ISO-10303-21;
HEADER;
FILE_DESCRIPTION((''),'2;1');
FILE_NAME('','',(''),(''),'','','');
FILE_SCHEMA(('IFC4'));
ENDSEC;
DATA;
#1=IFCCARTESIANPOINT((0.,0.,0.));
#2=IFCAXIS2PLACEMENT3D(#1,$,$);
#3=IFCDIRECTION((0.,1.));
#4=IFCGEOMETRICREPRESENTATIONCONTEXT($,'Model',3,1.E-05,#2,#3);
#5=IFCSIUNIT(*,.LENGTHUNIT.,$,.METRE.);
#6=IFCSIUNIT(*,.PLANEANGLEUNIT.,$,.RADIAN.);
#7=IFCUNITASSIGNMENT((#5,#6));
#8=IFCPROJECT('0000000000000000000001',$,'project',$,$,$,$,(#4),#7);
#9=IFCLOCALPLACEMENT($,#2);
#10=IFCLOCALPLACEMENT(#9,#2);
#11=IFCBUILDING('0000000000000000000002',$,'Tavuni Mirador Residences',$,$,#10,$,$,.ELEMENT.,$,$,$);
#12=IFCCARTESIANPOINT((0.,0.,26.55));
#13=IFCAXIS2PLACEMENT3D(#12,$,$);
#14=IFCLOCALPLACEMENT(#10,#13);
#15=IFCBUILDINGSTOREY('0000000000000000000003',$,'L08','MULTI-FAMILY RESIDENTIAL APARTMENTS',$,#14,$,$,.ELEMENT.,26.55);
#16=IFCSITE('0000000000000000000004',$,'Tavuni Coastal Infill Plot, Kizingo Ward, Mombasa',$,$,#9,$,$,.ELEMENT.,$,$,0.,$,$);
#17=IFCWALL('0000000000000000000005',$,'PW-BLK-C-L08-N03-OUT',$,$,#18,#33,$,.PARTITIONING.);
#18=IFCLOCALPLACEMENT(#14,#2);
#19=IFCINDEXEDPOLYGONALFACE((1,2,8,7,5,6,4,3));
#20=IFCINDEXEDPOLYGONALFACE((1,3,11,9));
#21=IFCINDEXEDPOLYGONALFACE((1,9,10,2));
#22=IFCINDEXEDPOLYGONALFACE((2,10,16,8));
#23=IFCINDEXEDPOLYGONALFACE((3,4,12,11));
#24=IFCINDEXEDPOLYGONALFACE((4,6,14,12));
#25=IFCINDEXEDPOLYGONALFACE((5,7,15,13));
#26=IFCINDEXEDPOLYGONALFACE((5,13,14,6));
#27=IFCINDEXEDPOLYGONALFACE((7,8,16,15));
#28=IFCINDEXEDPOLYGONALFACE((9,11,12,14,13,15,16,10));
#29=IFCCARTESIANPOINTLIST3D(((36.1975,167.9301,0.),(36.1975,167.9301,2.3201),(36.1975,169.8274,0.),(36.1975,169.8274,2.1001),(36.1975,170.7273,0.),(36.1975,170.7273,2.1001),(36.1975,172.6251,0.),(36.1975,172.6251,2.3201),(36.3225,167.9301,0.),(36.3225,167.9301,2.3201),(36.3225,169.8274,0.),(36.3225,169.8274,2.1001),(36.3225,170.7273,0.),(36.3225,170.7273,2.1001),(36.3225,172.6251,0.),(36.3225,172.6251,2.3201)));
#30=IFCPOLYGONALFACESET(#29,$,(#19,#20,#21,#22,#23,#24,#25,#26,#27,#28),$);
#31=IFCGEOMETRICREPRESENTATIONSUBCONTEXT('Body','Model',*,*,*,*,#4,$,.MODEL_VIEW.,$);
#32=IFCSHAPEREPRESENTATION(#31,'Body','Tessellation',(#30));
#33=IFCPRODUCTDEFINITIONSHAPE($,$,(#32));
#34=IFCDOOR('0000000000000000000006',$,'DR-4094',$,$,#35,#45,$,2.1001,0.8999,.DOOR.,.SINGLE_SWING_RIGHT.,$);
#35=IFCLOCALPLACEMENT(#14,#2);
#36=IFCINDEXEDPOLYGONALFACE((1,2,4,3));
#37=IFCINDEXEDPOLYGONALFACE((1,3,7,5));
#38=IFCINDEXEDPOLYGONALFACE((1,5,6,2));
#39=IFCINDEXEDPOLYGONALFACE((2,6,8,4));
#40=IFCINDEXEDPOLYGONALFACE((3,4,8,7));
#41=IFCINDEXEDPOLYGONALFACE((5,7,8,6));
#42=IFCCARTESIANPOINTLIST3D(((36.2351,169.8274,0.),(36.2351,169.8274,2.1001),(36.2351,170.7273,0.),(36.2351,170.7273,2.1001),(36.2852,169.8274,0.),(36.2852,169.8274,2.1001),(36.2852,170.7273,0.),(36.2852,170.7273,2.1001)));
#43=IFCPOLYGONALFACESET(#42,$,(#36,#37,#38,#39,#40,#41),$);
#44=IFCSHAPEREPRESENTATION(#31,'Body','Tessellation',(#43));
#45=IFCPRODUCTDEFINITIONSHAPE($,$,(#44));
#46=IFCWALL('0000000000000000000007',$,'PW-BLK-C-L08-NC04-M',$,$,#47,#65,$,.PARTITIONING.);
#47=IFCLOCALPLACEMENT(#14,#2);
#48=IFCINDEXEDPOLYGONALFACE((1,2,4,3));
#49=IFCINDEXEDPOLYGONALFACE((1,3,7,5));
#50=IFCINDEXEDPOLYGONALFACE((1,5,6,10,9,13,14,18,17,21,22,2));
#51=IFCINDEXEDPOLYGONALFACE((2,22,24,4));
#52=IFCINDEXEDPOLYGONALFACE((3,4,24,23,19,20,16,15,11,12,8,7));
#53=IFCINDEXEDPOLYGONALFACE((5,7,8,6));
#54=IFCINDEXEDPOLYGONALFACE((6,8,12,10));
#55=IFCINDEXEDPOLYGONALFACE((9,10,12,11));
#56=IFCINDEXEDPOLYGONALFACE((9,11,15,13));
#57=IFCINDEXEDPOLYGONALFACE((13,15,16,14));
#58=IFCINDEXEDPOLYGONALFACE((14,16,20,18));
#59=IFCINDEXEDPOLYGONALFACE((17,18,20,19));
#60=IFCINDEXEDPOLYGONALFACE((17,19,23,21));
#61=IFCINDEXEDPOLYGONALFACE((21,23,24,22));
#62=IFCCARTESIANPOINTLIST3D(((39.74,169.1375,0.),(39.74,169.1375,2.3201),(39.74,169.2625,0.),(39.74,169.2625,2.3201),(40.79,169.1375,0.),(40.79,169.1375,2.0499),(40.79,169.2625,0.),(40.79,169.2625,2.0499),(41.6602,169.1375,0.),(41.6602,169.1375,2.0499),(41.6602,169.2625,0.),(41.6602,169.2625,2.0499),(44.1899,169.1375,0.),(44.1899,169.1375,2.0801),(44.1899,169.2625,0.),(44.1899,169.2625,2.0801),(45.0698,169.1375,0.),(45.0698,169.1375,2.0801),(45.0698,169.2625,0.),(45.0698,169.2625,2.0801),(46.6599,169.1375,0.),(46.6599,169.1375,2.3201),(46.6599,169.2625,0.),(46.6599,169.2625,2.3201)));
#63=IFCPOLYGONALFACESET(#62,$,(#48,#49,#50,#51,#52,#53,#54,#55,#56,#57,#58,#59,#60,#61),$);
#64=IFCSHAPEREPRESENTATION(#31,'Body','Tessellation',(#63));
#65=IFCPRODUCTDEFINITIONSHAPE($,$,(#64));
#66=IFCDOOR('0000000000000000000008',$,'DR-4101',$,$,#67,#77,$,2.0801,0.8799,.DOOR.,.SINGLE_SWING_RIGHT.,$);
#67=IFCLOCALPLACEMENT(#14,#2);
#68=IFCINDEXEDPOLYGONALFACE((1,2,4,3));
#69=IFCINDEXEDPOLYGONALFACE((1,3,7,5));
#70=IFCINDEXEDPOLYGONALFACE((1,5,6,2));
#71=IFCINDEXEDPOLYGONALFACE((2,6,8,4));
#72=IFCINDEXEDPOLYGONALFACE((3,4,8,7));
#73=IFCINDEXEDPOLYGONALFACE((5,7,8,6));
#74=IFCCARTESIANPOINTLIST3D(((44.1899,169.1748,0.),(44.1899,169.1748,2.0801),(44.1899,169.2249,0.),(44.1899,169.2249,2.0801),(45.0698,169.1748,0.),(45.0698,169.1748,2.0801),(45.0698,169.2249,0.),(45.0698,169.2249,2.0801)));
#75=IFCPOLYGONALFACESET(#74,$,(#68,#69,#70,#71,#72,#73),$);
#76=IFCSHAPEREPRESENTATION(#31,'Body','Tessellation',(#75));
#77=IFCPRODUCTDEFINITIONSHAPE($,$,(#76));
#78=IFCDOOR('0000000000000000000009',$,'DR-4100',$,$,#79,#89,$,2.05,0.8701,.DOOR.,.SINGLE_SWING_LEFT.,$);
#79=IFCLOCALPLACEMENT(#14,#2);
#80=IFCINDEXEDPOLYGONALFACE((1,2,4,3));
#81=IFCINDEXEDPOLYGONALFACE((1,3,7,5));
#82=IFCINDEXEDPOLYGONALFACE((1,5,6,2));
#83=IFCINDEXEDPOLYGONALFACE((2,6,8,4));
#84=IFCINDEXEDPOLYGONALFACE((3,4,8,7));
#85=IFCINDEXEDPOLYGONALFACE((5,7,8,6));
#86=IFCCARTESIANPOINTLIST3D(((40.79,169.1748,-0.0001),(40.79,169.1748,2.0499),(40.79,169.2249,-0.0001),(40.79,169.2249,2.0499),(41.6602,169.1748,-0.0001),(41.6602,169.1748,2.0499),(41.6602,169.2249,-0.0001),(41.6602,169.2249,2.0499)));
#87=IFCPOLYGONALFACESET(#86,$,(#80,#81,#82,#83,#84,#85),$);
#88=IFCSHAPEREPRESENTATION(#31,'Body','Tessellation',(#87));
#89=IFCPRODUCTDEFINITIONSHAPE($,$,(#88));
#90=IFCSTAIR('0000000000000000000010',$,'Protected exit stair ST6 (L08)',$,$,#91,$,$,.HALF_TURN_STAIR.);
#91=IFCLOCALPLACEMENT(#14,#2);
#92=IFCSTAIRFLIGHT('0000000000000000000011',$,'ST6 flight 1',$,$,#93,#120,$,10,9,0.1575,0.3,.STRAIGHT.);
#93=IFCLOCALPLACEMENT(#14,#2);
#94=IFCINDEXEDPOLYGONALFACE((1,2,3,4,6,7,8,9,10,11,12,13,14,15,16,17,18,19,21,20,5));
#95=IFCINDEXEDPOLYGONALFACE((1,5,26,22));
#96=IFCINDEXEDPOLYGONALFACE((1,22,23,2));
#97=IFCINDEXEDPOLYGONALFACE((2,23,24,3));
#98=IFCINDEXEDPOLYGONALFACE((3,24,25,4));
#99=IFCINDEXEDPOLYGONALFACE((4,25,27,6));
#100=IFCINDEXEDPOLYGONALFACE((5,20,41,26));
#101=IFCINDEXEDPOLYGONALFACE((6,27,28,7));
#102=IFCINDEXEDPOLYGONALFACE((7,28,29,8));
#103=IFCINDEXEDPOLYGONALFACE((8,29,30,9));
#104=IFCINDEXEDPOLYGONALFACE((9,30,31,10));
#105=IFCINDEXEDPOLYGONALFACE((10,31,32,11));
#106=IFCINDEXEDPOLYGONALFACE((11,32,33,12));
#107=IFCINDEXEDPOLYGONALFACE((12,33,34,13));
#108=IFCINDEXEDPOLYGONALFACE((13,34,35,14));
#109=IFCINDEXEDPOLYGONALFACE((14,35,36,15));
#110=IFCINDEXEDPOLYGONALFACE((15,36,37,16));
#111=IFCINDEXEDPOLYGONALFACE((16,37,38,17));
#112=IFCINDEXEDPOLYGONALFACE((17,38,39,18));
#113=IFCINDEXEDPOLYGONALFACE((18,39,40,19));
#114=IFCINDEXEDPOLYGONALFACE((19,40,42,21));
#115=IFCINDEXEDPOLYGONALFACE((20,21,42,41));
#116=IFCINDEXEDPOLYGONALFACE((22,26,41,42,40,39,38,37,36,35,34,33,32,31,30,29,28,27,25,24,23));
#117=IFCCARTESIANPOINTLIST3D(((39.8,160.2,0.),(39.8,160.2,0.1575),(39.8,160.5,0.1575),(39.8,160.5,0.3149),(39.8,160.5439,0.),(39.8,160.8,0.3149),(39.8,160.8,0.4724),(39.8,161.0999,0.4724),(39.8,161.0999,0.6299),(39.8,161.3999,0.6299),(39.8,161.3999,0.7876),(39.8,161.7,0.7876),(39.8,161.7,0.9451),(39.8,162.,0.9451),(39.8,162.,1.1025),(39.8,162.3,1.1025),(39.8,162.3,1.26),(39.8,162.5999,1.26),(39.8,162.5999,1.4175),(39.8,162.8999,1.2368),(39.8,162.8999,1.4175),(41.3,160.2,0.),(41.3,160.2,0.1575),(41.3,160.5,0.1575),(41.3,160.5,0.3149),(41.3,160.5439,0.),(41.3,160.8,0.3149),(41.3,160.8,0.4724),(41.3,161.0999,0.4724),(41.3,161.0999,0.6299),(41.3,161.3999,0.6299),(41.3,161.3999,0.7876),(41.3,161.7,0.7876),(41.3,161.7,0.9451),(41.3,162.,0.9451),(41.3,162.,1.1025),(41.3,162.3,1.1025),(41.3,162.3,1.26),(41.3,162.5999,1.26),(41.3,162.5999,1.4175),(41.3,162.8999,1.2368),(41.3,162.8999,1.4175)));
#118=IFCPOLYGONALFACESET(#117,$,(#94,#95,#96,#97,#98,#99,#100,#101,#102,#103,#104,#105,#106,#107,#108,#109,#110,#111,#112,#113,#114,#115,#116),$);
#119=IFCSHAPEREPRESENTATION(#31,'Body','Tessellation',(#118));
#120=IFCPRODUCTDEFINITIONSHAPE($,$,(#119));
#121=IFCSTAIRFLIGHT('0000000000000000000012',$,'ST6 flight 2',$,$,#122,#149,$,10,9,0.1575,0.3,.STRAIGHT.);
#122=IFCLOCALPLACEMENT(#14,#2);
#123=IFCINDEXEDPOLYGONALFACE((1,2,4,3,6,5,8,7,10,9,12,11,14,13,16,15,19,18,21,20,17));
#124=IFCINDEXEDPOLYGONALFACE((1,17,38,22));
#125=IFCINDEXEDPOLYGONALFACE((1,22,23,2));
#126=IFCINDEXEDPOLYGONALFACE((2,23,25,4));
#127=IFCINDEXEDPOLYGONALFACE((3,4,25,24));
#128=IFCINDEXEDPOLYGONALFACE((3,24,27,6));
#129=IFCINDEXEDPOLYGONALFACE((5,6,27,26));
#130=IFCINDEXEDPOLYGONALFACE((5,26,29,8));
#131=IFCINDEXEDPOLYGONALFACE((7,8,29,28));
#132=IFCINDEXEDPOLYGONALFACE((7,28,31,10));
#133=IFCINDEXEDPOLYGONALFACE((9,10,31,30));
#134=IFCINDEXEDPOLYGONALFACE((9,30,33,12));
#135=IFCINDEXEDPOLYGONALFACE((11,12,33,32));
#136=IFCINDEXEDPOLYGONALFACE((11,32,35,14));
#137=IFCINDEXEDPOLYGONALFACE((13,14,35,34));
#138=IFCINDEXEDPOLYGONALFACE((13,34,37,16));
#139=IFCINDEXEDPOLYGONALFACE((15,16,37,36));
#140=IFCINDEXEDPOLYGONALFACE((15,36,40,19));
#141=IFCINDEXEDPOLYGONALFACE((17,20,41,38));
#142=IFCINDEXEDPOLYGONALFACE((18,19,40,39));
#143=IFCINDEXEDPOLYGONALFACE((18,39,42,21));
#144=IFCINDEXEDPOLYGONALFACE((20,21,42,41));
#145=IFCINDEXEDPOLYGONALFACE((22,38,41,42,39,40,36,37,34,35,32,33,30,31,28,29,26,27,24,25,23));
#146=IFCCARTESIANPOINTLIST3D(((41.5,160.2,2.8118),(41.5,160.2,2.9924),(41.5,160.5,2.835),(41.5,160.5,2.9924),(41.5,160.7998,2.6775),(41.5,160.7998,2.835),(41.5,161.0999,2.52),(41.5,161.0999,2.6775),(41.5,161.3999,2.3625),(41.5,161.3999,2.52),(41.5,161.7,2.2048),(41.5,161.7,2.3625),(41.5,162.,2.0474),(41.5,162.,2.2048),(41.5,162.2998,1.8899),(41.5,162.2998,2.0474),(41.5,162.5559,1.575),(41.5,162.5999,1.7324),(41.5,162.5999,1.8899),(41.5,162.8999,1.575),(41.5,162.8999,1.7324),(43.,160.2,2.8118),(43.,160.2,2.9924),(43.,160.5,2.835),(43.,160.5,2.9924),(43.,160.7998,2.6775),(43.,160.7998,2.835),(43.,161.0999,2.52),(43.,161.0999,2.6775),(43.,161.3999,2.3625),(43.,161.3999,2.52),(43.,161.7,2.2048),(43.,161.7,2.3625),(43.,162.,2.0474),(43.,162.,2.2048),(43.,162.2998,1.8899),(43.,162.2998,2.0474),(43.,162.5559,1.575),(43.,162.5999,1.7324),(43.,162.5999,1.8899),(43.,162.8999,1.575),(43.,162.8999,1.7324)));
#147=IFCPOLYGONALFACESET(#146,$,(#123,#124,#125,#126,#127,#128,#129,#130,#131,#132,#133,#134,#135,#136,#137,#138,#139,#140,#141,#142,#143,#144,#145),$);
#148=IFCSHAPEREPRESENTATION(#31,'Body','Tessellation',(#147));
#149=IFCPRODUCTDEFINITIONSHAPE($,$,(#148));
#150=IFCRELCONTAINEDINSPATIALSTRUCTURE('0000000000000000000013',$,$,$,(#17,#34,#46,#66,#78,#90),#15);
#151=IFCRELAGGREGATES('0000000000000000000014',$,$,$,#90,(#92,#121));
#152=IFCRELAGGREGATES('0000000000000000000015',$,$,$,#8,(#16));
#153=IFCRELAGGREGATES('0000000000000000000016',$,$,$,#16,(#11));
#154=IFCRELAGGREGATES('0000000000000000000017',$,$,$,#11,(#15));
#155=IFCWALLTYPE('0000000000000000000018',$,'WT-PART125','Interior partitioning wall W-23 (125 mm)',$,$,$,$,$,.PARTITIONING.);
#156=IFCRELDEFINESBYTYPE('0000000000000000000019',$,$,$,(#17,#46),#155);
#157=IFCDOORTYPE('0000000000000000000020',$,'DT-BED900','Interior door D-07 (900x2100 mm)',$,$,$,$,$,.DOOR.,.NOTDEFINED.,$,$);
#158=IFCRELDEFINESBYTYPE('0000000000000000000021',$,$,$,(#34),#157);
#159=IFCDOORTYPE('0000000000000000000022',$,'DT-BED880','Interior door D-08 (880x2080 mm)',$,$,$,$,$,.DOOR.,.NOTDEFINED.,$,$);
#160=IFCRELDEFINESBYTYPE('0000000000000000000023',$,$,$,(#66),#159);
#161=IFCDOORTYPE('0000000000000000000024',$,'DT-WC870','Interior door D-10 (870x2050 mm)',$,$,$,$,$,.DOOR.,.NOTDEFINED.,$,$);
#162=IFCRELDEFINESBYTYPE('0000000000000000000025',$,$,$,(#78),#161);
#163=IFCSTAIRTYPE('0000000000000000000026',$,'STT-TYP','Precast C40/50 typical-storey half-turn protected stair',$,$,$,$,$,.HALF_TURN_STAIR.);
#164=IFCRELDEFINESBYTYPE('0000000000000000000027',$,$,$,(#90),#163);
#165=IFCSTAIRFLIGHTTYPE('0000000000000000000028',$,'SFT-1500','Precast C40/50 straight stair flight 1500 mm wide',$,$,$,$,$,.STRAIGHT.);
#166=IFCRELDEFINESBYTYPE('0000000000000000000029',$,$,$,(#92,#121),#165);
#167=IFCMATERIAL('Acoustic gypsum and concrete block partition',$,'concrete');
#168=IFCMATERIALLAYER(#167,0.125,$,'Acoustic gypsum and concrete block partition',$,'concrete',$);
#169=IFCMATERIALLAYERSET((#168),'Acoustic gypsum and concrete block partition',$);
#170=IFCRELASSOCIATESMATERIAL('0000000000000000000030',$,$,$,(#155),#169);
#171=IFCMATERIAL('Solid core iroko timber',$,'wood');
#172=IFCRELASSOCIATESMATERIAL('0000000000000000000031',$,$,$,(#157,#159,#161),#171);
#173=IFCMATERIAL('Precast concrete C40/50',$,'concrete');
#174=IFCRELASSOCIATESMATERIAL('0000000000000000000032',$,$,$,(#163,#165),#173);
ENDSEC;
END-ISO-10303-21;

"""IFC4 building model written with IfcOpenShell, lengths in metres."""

from ifc_helpers import new_model, si_unit, direction, frame, frame_2d, origin, place, context, subcontext, project, spatial, polyline, rectangle, outline, extrude, material, layer, layer_set, type_object, element, fill, aggregate, save


model = new_model("IFC4")

# Units and contexts
model_context = context("Model", 3, precision=1e-05, world=origin(), true_north=direction((0.0, 1.0)))
body_context = subcontext(model_context, "Body", "Model", "MODEL_VIEW")
ifc_project = project(units=[si_unit("LENGTHUNIT", "METRE"), si_unit("PLANEANGLEUNIT", "RADIAN")], contexts=[model_context])

# Site, building, storey
site_placement = place(None, origin())
site = spatial("IfcSite", under=ifc_project, at=site_placement, Name="Tavuni Coastal Infill Plot, Kizingo Ward, Mombasa", CompositionType="ELEMENT", RefElevation=0.0)
building_placement = place(site_placement, origin())
building = spatial("IfcBuilding", under=site, at=building_placement, Name="Tavuni Mirador Residences", CompositionType="ELEMENT")
storey_placement = place(building_placement, frame((0.0, 0.0, 26.55)))
storey = spatial("IfcBuildingStorey", under=building, at=storey_placement, Name="L08", Description="MULTI-FAMILY RESIDENTIAL APARTMENTS", CompositionType="ELEMENT", Elevation=26.55)

# Shared definitions
ifc_material_1 = material(Name="Precast concrete C40/50", Category="concrete")

# Shared definitions
ifc_material_2 = material(Name="Acoustic gypsum and concrete block partition", Category="concrete")
ifc_material_3 = material(Name="Solid core iroko timber", Category="wood")

# Wall, opening, door
ifc_layer_1 = layer(ifc_material_2, 0.125, Name="Acoustic gypsum and concrete block partition", Category="concrete")
ifc_layer_set_1 = layer_set([ifc_layer_1], Name="Acoustic gypsum and concrete block partition")
wall_type_1 = type_object("IfcWallType", Name="WT-PART125", Description="Interior partitioning wall W-23 (125 mm)", PredefinedType="PARTITIONING", material=ifc_layer_set_1)
wall_1_placement = place(storey_placement, frame((36.26, 167.9299, 0.0), z_axis=(0.0, 0.0, 1.0), x_axis=(0.0, 1.0, 0.0)))
wall_1 = element("IfcWall", 1, at=wall_1_placement, inside=storey, type_object=wall_type_1, Name="PW-BLK-C-L08-N03-OUT", PredefinedType="PARTITIONING", context=body_context, shape_type="SweptSolid", body=[
    extrude(rectangle(XDim=4.6951, YDim=0.125, at=frame_2d((2.3477, 0.0))), origin(), (0.0, 0.0, 1.0), 2.3201),
])
opening_1_placement = place(wall_1_placement, frame((1.8975, 0.0, 0.0)))
opening_1 = element("IfcOpeningElement", 2, at=opening_1_placement, cuts=wall_1, PredefinedType="OPENING", context=body_context, shape_type="SweptSolid", body=[
    extrude(rectangle(XDim=0.8999, YDim=2.1001, at=frame_2d((0.45, 1.05))), frame((0.0, 0.0725, 0.0), z_axis=(0.0, -1.0, 0.0), x_axis=(1.0, 0.0, 0.0)), (0.0, 0.0, 1.0), 0.145),
])
door_type_1 = type_object("IfcDoorType", Name="DT-BED900", Description="Interior door D-07 (900x2100 mm)", OperationType="NOTDEFINED", PredefinedType="DOOR", material=ifc_material_3)
door_1_placement = place(opening_1_placement, origin())
door_1 = element("IfcDoor", 3, at=door_1_placement, inside=storey, type_object=door_type_1, Name="DR-4094", OperationType="SINGLE_SWING_RIGHT", OverallHeight=2.1001, OverallWidth=0.8999, PredefinedType="DOOR", context=body_context, shape_type="SweptSolid", body=[
    extrude(rectangle(XDim=0.8999, YDim=2.1001, at=frame_2d((0.45, 1.05))), frame((0.0, 0.0249, 0.0), z_axis=(0.0, -1.0, 0.0), x_axis=(1.0, 0.0, 0.0)), (0.0, 0.0, 1.0), 0.05),
])
fill(opening_1, door_1)

# Wall, openings, doors
wall_2_placement = place(storey_placement, frame((39.74, 169.2, 0.0), z_axis=(0.0, 0.0, 1.0), x_axis=(1.0, 0.0, 0.0)))
wall_2 = element("IfcWall", 4, at=wall_2_placement, inside=storey, type_object=wall_type_1, Name="PW-BLK-C-L08-NC04-M", PredefinedType="PARTITIONING", context=body_context, shape_type="SweptSolid", body=[
    extrude(rectangle(XDim=6.9199, YDim=0.125, at=frame_2d((3.46, 0.0))), origin(), (0.0, 0.0, 1.0), 2.3201),
])
opening_2_placement = place(wall_2_placement, frame((1.05, 0.0, 0.0)))
opening_2 = element("IfcOpeningElement", 5, at=opening_2_placement, cuts=wall_2, PredefinedType="OPENING", context=body_context, shape_type="SweptSolid", body=[
    extrude(rectangle(XDim=0.8701, YDim=2.05, at=frame_2d((0.4351, 1.0249))), frame((0.0, 0.0725, 0.0), z_axis=(0.0, -1.0, 0.0), x_axis=(1.0, 0.0, 0.0)), (0.0, 0.0, 1.0), 0.145),
])
opening_3_placement = place(wall_2_placement, frame((4.45, 0.0, 0.0)))
opening_3 = element("IfcOpeningElement", 6, at=opening_3_placement, cuts=wall_2, PredefinedType="OPENING", context=body_context, shape_type="SweptSolid", body=[
    extrude(rectangle(XDim=0.8799, YDim=2.0801, at=frame_2d((0.4399, 1.04))), frame((0.0, 0.0725, 0.0), z_axis=(0.0, -1.0, 0.0), x_axis=(1.0, 0.0, 0.0)), (0.0, 0.0, 1.0), 0.145),
])
door_type_2 = type_object("IfcDoorType", Name="DT-BED880", Description="Interior door D-08 (880x2080 mm)", OperationType="NOTDEFINED", PredefinedType="DOOR", material=ifc_material_3)
door_2_placement = place(opening_3_placement, origin())
door_2 = element("IfcDoor", 7, at=door_2_placement, inside=storey, type_object=door_type_2, Name="DR-4101", OperationType="SINGLE_SWING_RIGHT", OverallHeight=2.0801, OverallWidth=0.8799, PredefinedType="DOOR", context=body_context, shape_type="SweptSolid", body=[
    extrude(rectangle(XDim=0.8799, YDim=2.0801, at=frame_2d((0.4399, 1.04))), frame((0.0, 0.0249, 0.0), z_axis=(0.0, -1.0, 0.0), x_axis=(1.0, 0.0, 0.0)), (0.0, 0.0, 1.0), 0.05),
])
fill(opening_3, door_2)
door_type_3 = type_object("IfcDoorType", Name="DT-WC870", Description="Interior door D-10 (870x2050 mm)", OperationType="NOTDEFINED", PredefinedType="DOOR", material=ifc_material_3)
door_3_placement = place(opening_2_placement, origin())
door_3 = element("IfcDoor", 8, at=door_3_placement, inside=storey, type_object=door_type_3, Name="DR-4100", OperationType="SINGLE_SWING_LEFT", OverallHeight=2.05, OverallWidth=0.8701, PredefinedType="DOOR", context=body_context, shape_type="SweptSolid", body=[
    extrude(rectangle(XDim=0.8701, YDim=2.05, at=frame_2d((0.4351, 1.0249))), frame((0.0, 0.0249, 0.0), z_axis=(0.0, -1.0, 0.0), x_axis=(1.0, 0.0, 0.0)), (0.0, 0.0, 1.0), 0.05),
])
fill(opening_2, door_3)

# Stair, stair flights
stair_type = type_object("IfcStairType", Name="STT-TYP", Description="Precast C40/50 typical-storey half-turn protected stair", PredefinedType="HALF_TURN_STAIR", material=ifc_material_1)
stair_placement = place(storey_placement, origin())
stair = element("IfcStair", 9, at=stair_placement, inside=storey, type_object=stair_type, Name="Protected exit stair ST6 (L08)", PredefinedType="HALF_TURN_STAIR")
stair_flight_type = type_object("IfcStairFlightType", Name="SFT-1500", Description="Precast C40/50 straight stair flight 1500 mm wide", PredefinedType="STRAIGHT", material=ifc_material_1)
stair_flight_1_placement = place(storey_placement, frame((40.55, 160.2, 0.0), z_axis=(0.0, 0.0, 1.0), x_axis=(0.0, 1.0, 0.0)))
stair_flight_1 = element("IfcStairFlight", 10, at=stair_flight_1_placement, type_object=stair_flight_type, Name="ST6 flight 1", NumberOfRisers=10, NumberOfTreads=9, PredefinedType="STRAIGHT", RiserHeight=0.1575, TreadLength=0.3, context=body_context, shape_type="SweptSolid", body=[
    extrude(outline(polyline([(0.0, 0.0), (0.0, 0.1575), (0.3, 0.1575), (0.3, 0.3149), (0.6001, 0.3149), (0.6001, 0.4724), (0.8999, 0.4724), (0.8999, 0.6299), (1.2, 0.6299), (1.2, 0.7876), (1.5, 0.7876), (1.5, 0.9451), (1.8, 0.9451), (1.8, 1.1025), (2.1001, 1.1025), (2.1001, 1.26), (2.3999, 1.26), (2.3999, 1.4175), (2.7, 1.4175), (2.7, 1.575), (2.7, 1.2368), (0.344, 0.0), (0.0, 0.0)])), frame((0.0, 0.75, 0.0), z_axis=(0.0, -1.0, 0.0), x_axis=(1.0, 0.0, 0.0)), (0.0, 0.0, 1.0), 1.5),
])
stair_flight_2_placement = place(storey_placement, frame((42.25, 162.8999, 1.575), z_axis=(0.0, 0.0, 1.0), x_axis=(0.0, -1.0, 0.0)))
stair_flight_2 = element("IfcStairFlight", 11, at=stair_flight_2_placement, type_object=stair_flight_type, Name="ST6 flight 2", NumberOfRisers=10, NumberOfTreads=9, PredefinedType="STRAIGHT", RiserHeight=0.1575, TreadLength=0.3, context=body_context, shape_type="SweptSolid", body=[
    extrude(outline(polyline([(0.0, 0.0), (0.0, 0.1575), (0.3, 0.1575), (0.3, 0.3149), (0.6001, 0.3149), (0.6001, 0.4724), (0.8999, 0.4724), (0.8999, 0.6299), (1.2, 0.6299), (1.2, 0.7876), (1.5, 0.7876), (1.5, 0.9451), (1.8, 0.9451), (1.8, 1.1025), (2.1001, 1.1025), (2.1001, 1.26), (2.3999, 1.26), (2.3999, 1.4175), (2.7, 1.4175), (2.7, 1.575), (2.7, 1.2368), (0.344, 0.0), (0.0, 0.0)])), frame((0.0, 0.75, 0.0), z_axis=(0.0, -1.0, 0.0), x_axis=(1.0, 0.0, 0.0)), (0.0, 0.0, 1.0), 1.5),
])
aggregate(stair, [stair_flight_1, stair_flight_2])

save(model, "model.ifc")
